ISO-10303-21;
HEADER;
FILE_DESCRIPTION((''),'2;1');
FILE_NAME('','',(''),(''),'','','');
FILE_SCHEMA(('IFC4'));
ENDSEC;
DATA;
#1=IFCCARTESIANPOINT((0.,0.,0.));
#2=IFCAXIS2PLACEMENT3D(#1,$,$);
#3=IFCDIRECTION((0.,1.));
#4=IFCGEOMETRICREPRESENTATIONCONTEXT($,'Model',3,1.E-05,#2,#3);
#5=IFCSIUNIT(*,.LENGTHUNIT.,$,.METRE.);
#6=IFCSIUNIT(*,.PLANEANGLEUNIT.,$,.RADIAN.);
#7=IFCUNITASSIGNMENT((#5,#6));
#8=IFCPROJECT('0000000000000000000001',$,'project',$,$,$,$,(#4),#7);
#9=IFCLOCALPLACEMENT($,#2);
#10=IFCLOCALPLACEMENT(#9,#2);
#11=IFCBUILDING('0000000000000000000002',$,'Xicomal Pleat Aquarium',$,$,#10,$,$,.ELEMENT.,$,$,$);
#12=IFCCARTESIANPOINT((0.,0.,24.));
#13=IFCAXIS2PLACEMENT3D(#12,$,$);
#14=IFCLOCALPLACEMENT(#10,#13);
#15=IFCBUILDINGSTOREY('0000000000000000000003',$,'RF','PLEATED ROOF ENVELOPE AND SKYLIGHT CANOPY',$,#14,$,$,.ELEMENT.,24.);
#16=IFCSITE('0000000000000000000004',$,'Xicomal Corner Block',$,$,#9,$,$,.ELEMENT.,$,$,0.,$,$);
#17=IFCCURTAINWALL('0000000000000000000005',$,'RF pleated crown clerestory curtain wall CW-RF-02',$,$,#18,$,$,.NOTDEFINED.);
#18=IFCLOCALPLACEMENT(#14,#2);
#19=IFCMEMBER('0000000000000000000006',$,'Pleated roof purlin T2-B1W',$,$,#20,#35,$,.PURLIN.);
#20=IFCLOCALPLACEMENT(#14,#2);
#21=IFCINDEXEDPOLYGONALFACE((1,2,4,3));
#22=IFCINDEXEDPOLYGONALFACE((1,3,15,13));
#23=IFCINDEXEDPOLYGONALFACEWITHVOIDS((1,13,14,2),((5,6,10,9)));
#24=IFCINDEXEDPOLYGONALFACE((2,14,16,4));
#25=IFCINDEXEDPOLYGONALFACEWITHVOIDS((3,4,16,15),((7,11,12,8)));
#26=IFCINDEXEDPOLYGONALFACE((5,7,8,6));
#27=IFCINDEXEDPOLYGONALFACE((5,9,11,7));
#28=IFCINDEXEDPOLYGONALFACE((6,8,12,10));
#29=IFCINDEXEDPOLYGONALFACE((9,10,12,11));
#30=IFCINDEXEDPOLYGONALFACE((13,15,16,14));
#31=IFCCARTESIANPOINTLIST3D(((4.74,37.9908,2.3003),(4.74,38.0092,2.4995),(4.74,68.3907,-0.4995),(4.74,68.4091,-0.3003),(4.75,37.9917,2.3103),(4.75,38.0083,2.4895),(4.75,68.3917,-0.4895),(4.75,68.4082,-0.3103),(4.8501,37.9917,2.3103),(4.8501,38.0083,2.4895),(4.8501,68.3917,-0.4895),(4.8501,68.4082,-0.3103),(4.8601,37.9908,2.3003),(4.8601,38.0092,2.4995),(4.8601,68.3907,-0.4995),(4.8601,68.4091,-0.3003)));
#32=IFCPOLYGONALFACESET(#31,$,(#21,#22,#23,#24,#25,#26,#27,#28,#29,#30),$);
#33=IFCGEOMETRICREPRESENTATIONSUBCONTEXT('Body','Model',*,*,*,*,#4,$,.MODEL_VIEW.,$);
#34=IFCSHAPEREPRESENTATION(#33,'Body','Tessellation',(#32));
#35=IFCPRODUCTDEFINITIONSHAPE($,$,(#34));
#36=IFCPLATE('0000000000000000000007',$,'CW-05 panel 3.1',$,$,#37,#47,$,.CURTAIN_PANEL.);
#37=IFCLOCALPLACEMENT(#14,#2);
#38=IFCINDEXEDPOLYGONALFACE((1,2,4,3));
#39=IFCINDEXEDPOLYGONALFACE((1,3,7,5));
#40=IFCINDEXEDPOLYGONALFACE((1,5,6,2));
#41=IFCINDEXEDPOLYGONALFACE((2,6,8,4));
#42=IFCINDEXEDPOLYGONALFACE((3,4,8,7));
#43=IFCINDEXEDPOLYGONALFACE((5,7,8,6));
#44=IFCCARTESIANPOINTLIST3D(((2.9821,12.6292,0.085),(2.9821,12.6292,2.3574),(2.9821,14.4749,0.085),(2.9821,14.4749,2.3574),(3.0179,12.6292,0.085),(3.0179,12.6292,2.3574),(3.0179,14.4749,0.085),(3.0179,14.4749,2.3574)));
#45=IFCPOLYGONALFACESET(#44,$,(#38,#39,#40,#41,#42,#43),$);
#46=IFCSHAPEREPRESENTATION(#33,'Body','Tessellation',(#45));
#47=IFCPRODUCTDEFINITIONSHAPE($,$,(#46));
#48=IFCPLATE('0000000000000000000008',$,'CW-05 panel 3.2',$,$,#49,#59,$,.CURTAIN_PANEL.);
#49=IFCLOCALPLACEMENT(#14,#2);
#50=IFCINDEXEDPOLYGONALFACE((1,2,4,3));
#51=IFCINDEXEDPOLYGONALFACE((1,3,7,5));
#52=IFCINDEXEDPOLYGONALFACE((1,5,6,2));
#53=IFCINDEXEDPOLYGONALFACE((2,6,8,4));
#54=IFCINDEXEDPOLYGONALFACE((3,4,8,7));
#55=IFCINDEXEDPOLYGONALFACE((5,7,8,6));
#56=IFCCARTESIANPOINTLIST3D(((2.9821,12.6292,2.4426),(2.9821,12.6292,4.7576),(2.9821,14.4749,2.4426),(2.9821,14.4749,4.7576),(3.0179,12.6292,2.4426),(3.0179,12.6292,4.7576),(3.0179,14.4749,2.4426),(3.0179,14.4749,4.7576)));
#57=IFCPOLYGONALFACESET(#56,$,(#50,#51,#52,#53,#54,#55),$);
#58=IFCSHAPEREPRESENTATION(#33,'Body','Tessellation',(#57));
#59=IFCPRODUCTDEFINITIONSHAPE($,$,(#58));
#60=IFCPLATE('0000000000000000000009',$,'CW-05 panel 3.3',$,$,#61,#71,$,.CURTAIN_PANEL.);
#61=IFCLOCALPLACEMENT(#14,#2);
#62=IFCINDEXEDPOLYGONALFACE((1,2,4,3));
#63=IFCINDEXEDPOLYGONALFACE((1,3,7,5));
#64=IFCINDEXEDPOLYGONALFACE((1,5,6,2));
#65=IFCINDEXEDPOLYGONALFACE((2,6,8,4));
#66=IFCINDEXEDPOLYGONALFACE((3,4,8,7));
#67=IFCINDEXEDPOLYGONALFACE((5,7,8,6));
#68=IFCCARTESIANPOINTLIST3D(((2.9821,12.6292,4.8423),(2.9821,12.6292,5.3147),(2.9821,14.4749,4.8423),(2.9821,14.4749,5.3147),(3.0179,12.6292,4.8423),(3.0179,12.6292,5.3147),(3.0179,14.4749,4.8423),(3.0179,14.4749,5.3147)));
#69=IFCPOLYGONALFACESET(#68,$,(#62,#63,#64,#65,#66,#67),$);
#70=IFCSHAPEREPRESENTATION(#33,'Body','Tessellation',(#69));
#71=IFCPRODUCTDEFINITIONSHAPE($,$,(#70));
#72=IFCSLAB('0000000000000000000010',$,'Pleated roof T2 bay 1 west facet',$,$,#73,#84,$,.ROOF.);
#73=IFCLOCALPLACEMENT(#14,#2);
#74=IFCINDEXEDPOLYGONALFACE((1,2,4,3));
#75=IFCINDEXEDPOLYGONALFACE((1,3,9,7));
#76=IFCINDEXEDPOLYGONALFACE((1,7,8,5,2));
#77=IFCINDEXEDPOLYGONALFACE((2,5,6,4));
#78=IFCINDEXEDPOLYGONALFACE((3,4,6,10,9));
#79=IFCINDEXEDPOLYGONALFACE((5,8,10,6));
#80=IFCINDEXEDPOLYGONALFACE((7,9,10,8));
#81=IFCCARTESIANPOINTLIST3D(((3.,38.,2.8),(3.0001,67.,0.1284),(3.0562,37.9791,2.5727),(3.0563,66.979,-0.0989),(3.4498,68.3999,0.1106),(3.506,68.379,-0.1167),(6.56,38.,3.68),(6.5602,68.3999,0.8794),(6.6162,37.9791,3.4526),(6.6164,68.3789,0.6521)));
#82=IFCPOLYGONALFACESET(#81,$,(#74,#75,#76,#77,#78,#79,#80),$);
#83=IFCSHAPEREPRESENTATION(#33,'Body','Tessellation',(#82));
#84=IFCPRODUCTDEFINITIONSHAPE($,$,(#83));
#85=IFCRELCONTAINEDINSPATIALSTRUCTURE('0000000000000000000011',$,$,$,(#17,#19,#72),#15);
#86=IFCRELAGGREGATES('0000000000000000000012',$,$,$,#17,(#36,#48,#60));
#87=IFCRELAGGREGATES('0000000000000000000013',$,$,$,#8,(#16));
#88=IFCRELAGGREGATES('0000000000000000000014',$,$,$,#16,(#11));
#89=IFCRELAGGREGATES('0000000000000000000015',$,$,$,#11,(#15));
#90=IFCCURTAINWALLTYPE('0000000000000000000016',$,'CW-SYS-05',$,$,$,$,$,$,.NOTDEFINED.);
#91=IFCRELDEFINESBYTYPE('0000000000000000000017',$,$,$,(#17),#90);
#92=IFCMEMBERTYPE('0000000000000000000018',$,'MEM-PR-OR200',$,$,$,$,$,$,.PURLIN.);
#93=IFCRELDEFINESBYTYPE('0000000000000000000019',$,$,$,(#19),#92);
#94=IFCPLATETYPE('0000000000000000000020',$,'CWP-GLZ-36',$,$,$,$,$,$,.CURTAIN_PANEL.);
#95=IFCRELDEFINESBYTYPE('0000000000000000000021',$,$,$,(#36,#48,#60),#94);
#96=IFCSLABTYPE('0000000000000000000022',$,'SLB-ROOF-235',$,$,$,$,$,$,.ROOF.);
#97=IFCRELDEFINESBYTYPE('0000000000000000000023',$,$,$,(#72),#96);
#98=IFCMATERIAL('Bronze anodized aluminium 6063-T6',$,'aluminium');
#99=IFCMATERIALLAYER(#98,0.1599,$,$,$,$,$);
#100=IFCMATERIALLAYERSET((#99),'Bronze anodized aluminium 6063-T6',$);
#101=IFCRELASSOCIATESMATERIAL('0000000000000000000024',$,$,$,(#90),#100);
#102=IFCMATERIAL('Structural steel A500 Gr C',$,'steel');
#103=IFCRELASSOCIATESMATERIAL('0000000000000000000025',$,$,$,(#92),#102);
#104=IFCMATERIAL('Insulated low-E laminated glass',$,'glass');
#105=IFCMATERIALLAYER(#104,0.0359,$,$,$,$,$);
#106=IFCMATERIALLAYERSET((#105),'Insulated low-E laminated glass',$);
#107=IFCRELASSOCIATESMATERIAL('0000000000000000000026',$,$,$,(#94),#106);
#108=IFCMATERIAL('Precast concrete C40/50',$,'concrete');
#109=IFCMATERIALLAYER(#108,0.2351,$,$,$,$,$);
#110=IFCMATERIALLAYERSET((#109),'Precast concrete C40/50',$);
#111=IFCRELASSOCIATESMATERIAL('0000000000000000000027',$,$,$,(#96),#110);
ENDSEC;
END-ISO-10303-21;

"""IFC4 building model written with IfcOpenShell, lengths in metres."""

from ifc_helpers import new_model, si_unit, direction, frame, origin, origin_2d, place, context, subcontext, project, spatial, polyline, rectangle, hollow_rectangle, outline, extrude, material, layer, layer_set, material_profile, profile_set, type_object, element, aggregate, save


model = new_model("IFC4")

# Units and contexts
model_context = context("Model", 3, precision=1e-05, world=origin(), true_north=direction((0.0, 1.0)))
body_context = subcontext(model_context, "Body", "Model", "MODEL_VIEW")
ifc_project = project(units=[si_unit("LENGTHUNIT", "METRE"), si_unit("PLANEANGLEUNIT", "RADIAN")], contexts=[model_context])

# Site, building, storey
site_placement = place(None, origin())
site = spatial("IfcSite", under=ifc_project, at=site_placement, Name="Xicomal Corner Block", CompositionType="ELEMENT", RefElevation=0.0)
building_placement = place(site_placement, origin())
building = spatial("IfcBuilding", under=site, at=building_placement, Name="Xicomal Pleat Aquarium", CompositionType="ELEMENT")
storey_placement = place(building_placement, frame((0.0, 0.0, 24.0)))
storey = spatial("IfcBuildingStorey", under=building, at=storey_placement, Name="RF", Description="PLEATED ROOF ENVELOPE AND SKYLIGHT CANOPY", CompositionType="ELEMENT", Elevation=24.0)

# Curtain wall
ifc_material_1 = material(Name="Bronze anodized aluminium 6063-T6", Category="aluminium")
ifc_layer_1 = layer(ifc_material_1, 0.1599)
ifc_layer_set_1 = layer_set([ifc_layer_1], Name="Bronze anodized aluminium 6063-T6")
curtain_wall_type = type_object("IfcCurtainWallType", Name="CW-SYS-05", PredefinedType="NOTDEFINED", material=ifc_layer_set_1)
curtain_wall_placement = place(storey_placement, origin())
curtain_wall = element("IfcCurtainWall", 1, at=curtain_wall_placement, inside=storey, type_object=curtain_wall_type, Name="RF pleated crown clerestory curtain wall CW-RF-02", PredefinedType="NOTDEFINED")

# Member
ifc_material_2 = material(Name="Structural steel A500 Gr C", Category="steel")
ifc_material_profile_1 = material_profile(ifc_material_2, hollow_rectangle(XDim=0.1201, YDim=0.2, WallThickness=0.01, at=origin_2d()), Name="OR 200x120x10")
ifc_profile_set_1 = profile_set([ifc_material_profile_1], Name="Structural steel A500 Gr C")
member_type_1 = type_object("IfcMemberType", Name="MEM-PR-OR200", PredefinedType="PURLIN", material=ifc_profile_set_1)
member_1_placement = place(storey_placement, frame((4.8, 38.0, 2.3999), z_axis=(0.0, 0.995786, -0.091711), x_axis=(-1.0, 0.0, 0.0)))
element("IfcMember", 2, at=member_1_placement, inside=storey, type_object=member_type_1, Name="Pleated roof purlin T2-B1W", PredefinedType="PURLIN", context=body_context, shape_type="SweptSolid", body=[
    extrude(hollow_rectangle(XDim=0.1201, YDim=0.2, WallThickness=0.01, at=origin_2d()), origin(), (0.0, 0.0, 1.0), 30.5286),
])

# Plates
ifc_material_3 = material(Name="Insulated low-E laminated glass", Category="glass")
ifc_layer_2 = layer(ifc_material_3, 0.0359)
ifc_layer_set_2 = layer_set([ifc_layer_2], Name="Insulated low-E laminated glass")
plate_type = type_object("IfcPlateType", Name="CWP-GLZ-36", PredefinedType="CURTAIN_PANEL", material=ifc_layer_set_2)
plate_1_placement = place(storey_placement, frame((3.0, 13.552, 0.085), z_axis=(0.0, 0.0, 1.0), x_axis=(0.0, 1.0, 0.0)))
plate_1 = element("IfcPlate", 3, at=plate_1_placement, type_object=plate_type, Name="CW-05 panel 3.1", PredefinedType="CURTAIN_PANEL", context=body_context, shape_type="SweptSolid", body=[
    extrude(rectangle(XDim=1.8457, YDim=0.0359, at=origin_2d()), origin(), (0.0, 0.0, 1.0), 2.2725),
])
plate_2_placement = place(storey_placement, frame((3.0, 13.552, 2.4426), z_axis=(0.0, 0.0, 1.0), x_axis=(0.0, 1.0, 0.0)))
plate_2 = element("IfcPlate", 4, at=plate_2_placement, type_object=plate_type, Name="CW-05 panel 3.2", PredefinedType="CURTAIN_PANEL", context=body_context, shape_type="SweptSolid", body=[
    extrude(rectangle(XDim=1.8457, YDim=0.0359, at=origin_2d()), origin(), (0.0, 0.0, 1.0), 2.3149),
])
plate_3_placement = place(storey_placement, frame((3.0, 13.552, 4.8423), z_axis=(0.0, 0.0, 1.0), x_axis=(0.0, 1.0, 0.0)))
plate_3 = element("IfcPlate", 5, at=plate_3_placement, type_object=plate_type, Name="CW-05 panel 3.3", PredefinedType="CURTAIN_PANEL", context=body_context, shape_type="SweptSolid", body=[
    extrude(rectangle(XDim=1.8457, YDim=0.0359, at=origin_2d()), origin(), (0.0, 0.0, 1.0), 0.4724),
])
aggregate(curtain_wall, [plate_1, plate_2, plate_3])

# Slab
ifc_material_4 = material(Name="Precast concrete C40/50", Category="concrete")
ifc_layer_3 = layer(ifc_material_4, 0.2351)
ifc_layer_set_3 = layer_set([ifc_layer_3], Name="Precast concrete C40/50")
slab_type = type_object("IfcSlabType", Name="SLB-ROOF-235", PredefinedType="ROOF", material=ifc_layer_set_3)
slab_placement = place(storey_placement, frame((3.0, 38.0, 2.8), z_axis=(-0.238992, 0.089079, 0.966927), x_axis=(0.970786, 0.000001, 0.239945)))
element("IfcSlab", 6, at=slab_placement, inside=storey, type_object=slab_type, Name="Pleated roof T2 bay 1 west facet", PredefinedType="ROOF", context=body_context, shape_type="SweptSolid", body=[
    extrude(outline(polyline([(0.0, 0.0), (3.6672, 0.0), (2.9954, 30.5212), (-0.2086, 30.5213), (-0.6409, 29.1157), (0.0, 0.0)])), origin(), (0.0, 0.0, -1.0), 0.2351),
])

save(model, "model.ifc")
